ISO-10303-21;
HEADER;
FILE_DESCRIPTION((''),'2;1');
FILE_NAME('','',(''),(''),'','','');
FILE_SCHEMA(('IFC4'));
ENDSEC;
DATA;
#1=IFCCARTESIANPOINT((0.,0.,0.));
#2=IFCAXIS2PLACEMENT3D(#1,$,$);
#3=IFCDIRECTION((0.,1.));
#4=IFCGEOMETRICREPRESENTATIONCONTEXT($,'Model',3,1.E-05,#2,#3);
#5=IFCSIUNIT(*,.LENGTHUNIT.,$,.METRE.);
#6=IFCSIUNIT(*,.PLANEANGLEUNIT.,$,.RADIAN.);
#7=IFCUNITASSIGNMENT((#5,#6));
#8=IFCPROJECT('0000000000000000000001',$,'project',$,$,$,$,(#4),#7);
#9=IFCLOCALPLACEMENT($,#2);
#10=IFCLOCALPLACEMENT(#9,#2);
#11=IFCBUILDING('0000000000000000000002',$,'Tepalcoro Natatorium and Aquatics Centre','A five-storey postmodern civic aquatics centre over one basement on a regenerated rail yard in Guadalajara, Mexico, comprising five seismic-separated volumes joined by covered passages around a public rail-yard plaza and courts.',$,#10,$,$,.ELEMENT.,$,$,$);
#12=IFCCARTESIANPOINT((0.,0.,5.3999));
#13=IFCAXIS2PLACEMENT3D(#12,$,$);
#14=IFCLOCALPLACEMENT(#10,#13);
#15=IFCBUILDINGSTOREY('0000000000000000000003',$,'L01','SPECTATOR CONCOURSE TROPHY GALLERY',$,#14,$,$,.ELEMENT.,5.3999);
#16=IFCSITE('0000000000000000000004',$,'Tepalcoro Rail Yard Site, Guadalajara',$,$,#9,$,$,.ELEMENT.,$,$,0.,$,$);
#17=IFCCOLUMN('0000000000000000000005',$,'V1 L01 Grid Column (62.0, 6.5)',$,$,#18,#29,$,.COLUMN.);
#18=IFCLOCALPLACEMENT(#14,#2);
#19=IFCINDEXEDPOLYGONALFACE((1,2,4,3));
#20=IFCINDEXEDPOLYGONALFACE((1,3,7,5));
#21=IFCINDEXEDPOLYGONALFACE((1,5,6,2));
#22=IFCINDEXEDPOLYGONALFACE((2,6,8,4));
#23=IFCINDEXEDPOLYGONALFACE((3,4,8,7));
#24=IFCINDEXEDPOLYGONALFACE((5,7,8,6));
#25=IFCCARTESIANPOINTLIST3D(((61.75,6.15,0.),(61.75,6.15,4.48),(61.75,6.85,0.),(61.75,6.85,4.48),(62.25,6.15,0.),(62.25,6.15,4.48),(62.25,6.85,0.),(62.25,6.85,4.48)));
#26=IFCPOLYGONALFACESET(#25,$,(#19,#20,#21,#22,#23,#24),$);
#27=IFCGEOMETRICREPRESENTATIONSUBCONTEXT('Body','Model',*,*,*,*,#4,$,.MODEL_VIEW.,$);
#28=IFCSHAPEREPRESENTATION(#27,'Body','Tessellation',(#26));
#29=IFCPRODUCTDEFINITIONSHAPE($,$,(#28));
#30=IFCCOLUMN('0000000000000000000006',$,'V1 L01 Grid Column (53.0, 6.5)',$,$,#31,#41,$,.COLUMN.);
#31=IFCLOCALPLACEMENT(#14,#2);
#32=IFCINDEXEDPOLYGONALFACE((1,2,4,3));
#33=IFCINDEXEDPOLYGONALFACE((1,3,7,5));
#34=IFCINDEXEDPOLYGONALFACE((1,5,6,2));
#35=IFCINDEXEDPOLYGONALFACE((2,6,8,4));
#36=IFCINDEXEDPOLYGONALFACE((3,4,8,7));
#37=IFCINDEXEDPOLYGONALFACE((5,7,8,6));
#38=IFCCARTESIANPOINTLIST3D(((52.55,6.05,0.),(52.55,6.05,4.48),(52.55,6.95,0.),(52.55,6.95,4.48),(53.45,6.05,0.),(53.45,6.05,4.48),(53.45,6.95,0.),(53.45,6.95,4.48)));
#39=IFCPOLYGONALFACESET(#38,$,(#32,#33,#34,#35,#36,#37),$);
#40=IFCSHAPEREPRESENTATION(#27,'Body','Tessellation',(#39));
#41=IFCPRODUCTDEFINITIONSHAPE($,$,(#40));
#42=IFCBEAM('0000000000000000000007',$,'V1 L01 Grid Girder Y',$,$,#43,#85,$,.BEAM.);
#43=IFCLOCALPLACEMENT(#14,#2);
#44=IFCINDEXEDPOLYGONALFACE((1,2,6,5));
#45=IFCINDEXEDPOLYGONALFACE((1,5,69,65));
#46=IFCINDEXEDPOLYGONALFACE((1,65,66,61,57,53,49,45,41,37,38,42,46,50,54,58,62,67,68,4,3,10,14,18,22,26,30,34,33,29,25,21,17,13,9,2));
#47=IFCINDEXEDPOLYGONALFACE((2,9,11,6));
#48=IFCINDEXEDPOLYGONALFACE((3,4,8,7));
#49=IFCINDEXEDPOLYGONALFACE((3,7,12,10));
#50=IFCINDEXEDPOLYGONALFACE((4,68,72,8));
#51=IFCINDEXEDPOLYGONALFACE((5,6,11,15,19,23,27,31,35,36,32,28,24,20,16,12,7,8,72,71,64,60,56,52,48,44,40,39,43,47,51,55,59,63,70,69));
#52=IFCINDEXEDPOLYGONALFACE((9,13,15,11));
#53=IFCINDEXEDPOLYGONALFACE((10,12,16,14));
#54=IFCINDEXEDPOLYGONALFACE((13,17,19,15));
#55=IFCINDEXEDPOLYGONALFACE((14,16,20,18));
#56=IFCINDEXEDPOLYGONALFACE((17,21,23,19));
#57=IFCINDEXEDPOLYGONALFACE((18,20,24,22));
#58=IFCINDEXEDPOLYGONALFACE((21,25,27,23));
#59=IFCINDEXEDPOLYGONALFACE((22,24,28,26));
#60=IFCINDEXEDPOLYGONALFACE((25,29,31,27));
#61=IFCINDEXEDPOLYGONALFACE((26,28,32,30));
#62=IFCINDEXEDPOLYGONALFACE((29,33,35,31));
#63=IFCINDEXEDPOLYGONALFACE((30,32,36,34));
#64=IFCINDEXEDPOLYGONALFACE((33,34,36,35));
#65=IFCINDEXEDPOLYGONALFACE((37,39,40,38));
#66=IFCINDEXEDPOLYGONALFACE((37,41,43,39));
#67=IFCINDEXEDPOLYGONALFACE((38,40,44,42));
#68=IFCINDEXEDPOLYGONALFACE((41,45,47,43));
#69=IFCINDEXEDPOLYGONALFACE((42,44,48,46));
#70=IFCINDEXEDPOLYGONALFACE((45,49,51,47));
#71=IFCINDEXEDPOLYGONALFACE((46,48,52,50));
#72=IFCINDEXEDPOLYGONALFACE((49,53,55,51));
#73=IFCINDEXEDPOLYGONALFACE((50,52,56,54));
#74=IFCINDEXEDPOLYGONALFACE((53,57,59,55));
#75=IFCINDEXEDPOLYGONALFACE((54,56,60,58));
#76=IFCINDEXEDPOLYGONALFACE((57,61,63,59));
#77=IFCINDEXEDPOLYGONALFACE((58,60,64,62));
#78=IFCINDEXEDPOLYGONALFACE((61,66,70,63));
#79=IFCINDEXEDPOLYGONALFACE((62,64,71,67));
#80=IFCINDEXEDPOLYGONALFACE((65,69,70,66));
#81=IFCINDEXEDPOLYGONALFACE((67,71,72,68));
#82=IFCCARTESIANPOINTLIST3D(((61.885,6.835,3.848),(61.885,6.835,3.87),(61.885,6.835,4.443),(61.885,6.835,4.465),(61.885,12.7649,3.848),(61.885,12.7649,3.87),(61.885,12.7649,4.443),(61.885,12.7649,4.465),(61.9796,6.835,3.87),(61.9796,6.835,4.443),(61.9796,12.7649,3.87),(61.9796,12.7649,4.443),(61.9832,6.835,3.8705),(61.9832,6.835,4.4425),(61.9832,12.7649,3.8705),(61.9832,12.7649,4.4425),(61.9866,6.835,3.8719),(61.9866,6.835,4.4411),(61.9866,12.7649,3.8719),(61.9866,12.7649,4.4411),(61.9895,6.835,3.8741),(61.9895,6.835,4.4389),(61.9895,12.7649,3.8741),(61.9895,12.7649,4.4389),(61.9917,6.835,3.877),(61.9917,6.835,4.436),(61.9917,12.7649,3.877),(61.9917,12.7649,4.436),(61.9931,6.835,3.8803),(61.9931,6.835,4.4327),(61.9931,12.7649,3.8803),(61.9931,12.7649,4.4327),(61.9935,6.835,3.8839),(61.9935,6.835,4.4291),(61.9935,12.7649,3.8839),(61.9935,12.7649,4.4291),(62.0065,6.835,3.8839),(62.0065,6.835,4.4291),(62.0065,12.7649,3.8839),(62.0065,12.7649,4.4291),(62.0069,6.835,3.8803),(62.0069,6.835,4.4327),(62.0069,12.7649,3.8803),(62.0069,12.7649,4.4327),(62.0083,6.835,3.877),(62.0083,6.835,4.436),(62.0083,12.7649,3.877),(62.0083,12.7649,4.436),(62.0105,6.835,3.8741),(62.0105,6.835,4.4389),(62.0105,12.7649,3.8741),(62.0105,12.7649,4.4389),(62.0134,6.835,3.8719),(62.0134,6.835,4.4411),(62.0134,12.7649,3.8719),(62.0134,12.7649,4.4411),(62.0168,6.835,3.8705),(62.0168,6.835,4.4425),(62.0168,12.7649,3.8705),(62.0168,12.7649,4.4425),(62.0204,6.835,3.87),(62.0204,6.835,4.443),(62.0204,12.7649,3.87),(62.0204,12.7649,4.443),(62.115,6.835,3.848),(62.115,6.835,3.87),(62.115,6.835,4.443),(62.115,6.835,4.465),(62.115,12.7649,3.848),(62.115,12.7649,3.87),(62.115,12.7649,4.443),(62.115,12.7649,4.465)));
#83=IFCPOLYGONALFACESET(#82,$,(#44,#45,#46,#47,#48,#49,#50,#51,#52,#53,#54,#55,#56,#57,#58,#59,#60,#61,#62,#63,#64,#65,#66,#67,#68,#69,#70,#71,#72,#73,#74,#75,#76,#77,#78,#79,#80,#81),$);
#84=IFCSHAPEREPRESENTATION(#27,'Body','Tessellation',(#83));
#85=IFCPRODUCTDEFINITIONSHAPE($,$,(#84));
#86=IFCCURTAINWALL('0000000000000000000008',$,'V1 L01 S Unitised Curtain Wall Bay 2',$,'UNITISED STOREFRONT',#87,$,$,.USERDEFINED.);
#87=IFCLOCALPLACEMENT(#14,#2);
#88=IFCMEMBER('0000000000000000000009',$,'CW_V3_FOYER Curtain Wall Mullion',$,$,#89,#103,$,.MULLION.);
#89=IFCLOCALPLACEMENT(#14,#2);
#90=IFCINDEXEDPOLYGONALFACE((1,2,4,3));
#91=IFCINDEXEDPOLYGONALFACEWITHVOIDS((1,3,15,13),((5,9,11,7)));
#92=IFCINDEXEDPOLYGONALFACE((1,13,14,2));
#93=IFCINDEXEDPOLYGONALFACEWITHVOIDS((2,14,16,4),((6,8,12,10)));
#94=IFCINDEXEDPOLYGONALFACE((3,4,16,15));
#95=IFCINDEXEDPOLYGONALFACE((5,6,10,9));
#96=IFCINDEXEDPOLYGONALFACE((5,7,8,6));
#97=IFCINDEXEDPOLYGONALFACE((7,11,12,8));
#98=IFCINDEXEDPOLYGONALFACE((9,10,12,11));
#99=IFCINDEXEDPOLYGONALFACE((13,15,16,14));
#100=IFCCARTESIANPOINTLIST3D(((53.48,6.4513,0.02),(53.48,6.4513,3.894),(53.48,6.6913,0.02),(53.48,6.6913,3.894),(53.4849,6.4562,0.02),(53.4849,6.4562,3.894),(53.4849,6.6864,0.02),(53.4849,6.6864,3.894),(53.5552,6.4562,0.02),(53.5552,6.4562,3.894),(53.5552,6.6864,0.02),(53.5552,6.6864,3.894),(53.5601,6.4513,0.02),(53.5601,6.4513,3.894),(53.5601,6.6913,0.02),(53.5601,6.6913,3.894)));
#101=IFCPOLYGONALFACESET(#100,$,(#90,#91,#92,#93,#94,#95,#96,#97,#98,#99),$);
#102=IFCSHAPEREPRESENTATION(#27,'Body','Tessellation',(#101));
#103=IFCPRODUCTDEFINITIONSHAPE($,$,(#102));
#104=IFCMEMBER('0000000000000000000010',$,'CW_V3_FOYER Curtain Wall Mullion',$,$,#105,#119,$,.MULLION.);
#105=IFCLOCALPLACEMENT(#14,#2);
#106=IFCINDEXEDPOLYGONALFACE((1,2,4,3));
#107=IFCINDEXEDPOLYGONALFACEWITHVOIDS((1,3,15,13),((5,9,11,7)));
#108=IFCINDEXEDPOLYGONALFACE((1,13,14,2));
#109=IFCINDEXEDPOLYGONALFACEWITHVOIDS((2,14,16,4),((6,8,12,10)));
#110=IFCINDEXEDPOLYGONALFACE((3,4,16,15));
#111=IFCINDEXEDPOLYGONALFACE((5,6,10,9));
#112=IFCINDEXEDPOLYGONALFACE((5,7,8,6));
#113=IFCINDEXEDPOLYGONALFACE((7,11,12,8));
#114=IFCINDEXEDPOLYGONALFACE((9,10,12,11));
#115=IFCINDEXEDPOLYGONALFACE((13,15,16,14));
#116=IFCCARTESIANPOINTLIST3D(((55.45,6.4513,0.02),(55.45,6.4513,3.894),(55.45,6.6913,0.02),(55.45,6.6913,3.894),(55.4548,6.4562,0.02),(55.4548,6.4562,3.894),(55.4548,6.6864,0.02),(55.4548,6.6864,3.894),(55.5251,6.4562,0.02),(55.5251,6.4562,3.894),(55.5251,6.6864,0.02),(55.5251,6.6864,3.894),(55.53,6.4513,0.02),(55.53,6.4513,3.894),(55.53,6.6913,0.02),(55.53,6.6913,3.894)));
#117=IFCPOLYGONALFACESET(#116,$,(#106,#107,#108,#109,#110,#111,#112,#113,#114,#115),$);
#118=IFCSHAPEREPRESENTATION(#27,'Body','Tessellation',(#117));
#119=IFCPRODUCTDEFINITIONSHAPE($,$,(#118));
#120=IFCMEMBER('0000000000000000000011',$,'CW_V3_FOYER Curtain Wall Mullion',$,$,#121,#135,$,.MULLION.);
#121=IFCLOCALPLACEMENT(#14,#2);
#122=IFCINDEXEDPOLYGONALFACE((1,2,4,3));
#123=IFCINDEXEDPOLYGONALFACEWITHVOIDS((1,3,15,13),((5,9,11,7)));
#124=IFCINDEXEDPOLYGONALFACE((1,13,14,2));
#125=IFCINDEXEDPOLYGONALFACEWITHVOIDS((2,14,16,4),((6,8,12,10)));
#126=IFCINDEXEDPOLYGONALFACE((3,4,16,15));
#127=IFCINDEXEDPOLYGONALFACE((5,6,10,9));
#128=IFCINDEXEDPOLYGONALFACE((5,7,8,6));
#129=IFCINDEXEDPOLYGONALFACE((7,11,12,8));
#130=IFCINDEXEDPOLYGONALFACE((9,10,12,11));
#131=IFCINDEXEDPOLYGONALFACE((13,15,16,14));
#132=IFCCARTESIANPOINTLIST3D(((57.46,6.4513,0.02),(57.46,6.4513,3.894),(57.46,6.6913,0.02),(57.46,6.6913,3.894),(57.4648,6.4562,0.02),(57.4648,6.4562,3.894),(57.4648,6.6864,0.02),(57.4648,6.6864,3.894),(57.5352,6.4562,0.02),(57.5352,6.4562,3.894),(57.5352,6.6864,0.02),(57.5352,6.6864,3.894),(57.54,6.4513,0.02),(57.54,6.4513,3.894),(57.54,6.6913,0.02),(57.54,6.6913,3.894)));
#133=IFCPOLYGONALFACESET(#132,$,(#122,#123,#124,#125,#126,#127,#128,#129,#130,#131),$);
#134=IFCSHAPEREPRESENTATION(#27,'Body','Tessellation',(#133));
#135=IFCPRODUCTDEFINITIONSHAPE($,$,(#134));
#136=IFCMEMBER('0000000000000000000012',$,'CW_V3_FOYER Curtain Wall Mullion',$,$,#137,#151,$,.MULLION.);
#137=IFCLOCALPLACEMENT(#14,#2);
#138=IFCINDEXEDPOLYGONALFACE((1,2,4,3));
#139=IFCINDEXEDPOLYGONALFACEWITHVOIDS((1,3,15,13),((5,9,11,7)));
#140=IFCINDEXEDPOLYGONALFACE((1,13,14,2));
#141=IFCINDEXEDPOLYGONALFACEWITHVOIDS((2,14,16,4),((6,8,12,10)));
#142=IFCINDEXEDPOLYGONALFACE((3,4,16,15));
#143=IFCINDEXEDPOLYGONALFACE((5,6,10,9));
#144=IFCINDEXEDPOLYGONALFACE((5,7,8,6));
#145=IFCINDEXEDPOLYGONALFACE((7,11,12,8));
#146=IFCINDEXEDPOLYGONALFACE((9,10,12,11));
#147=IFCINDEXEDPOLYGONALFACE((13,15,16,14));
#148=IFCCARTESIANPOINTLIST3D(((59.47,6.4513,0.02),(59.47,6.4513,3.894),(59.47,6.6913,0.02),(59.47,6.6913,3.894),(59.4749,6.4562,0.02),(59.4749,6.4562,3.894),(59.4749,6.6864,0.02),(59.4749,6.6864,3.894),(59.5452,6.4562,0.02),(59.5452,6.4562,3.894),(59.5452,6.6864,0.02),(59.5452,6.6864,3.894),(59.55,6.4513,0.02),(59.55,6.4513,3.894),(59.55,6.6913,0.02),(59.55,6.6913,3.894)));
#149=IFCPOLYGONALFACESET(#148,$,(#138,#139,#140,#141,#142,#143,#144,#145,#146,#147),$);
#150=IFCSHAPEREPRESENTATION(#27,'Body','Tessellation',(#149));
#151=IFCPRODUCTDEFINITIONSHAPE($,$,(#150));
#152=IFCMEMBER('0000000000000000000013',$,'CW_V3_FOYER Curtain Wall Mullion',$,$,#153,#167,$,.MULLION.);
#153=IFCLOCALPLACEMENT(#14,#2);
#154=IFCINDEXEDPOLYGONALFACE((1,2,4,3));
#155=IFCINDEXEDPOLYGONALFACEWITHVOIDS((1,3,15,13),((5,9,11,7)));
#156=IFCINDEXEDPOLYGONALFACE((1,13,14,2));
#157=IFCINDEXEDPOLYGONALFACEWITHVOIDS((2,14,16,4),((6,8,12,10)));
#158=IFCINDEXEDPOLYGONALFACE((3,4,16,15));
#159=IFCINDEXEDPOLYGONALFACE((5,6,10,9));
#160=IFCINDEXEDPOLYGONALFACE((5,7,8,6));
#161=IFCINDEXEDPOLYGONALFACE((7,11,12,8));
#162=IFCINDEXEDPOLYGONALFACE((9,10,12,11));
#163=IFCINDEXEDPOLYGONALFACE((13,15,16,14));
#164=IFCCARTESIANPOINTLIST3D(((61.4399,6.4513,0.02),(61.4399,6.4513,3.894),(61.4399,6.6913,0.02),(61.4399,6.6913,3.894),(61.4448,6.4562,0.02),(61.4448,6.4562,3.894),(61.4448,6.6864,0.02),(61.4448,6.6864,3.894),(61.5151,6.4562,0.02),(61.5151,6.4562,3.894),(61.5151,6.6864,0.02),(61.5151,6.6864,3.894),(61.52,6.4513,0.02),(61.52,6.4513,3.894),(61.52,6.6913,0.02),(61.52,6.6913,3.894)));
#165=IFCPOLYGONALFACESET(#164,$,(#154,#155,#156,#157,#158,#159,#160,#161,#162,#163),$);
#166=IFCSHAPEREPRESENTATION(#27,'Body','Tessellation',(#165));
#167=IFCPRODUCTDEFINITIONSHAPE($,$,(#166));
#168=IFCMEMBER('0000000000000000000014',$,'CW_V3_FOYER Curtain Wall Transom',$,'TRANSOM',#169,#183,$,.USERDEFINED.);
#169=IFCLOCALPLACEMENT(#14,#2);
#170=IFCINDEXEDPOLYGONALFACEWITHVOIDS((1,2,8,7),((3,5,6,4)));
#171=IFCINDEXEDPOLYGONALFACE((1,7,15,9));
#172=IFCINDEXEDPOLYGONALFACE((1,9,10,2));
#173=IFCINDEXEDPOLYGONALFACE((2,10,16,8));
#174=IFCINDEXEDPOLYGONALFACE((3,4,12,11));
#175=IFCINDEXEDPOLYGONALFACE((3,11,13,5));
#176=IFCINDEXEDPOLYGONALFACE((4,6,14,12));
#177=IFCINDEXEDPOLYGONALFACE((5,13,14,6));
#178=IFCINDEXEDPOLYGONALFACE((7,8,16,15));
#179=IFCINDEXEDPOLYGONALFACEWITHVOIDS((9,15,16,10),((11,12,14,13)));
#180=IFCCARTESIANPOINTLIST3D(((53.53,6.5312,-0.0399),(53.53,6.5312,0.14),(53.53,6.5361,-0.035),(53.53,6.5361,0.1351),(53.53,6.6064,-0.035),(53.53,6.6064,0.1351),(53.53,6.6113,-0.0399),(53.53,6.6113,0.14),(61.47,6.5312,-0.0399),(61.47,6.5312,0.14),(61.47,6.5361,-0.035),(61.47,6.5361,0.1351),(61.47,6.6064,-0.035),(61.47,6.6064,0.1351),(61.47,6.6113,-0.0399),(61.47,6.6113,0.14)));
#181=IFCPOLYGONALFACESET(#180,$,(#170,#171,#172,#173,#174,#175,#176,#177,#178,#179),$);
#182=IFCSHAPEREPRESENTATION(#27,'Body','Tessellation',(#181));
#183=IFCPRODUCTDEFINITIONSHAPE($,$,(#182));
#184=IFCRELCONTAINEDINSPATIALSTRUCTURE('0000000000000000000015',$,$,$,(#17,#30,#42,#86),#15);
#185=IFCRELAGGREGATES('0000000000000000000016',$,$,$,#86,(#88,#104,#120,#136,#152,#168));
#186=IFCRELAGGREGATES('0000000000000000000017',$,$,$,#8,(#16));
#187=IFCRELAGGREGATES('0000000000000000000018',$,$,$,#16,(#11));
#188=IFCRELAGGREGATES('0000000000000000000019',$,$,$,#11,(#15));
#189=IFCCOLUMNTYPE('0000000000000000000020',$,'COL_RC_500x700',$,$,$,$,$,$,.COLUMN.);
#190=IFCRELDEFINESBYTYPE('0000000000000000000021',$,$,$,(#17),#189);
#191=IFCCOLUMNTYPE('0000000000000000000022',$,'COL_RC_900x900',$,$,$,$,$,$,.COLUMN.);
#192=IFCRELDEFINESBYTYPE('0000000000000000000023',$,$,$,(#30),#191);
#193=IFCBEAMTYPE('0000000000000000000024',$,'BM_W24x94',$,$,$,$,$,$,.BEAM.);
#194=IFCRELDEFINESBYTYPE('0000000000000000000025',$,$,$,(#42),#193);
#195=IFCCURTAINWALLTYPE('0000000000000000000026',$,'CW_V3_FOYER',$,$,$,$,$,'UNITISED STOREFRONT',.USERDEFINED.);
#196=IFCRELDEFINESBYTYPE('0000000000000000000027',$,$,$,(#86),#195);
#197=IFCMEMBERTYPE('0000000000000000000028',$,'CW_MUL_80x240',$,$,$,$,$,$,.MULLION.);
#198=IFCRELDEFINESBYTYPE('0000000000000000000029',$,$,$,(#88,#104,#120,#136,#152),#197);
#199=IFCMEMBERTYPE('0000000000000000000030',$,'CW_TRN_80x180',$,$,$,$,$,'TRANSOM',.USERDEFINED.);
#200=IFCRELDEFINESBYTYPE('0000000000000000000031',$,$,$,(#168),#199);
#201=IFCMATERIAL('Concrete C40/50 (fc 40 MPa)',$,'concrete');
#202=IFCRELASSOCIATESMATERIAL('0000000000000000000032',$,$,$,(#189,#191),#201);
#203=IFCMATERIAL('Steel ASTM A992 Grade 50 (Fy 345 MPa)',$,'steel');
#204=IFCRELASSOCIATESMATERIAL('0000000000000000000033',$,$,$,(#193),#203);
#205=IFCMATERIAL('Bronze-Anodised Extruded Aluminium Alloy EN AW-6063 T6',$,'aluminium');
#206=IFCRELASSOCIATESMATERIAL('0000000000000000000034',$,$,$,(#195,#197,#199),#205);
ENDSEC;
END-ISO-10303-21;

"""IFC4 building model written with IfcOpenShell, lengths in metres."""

from ifc_helpers import new_model, si_unit, direction, frame, origin, origin_2d, place, context, subcontext, project, spatial, rectangle, hollow_rectangle, i_section, extrude, material, material_profile, profile_set, type_object, element, aggregate, save


model = new_model("IFC4")

# Units and contexts
model_context = context("Model", 3, precision=1e-05, world=origin(), true_north=direction((0.0, 1.0)))
body_context = subcontext(model_context, "Body", "Model", "MODEL_VIEW")
ifc_project = project(units=[si_unit("LENGTHUNIT", "METRE"), si_unit("PLANEANGLEUNIT", "RADIAN")], contexts=[model_context])

# Site, building, storey
site_placement = place(None, origin())
site = spatial("IfcSite", under=ifc_project, at=site_placement, Name="Tepalcoro Rail Yard Site, Guadalajara", CompositionType="ELEMENT", RefElevation=0.0)
building_placement = place(site_placement, origin())
building = spatial("IfcBuilding", under=site, at=building_placement, Name="Tepalcoro Natatorium and Aquatics Centre", Description="A five-storey postmodern civic aquatics centre over one basement on a regenerated rail yard in Guadalajara, Mexico, comprising five seismic-separated volumes joined by covered passages around a public rail-yard plaza and courts.", CompositionType="ELEMENT")
storey_placement = place(building_placement, frame((0.0, 0.0, 5.3999)))
storey = spatial("IfcBuildingStorey", under=building, at=storey_placement, Name="L01", Description="SPECTATOR CONCOURSE TROPHY GALLERY", CompositionType="ELEMENT", Elevation=5.3999)

# Columns
ifc_material_1 = material(Name="Concrete C40/50 (fc 40 MPa)", Category="concrete")
ifc_material_profile_1 = material_profile(ifc_material_1, rectangle(XDim=0.5, YDim=0.7, at=origin_2d()), Name="RC500x700")
ifc_profile_set_1 = profile_set([ifc_material_profile_1], Name="Concrete C40/50 (fc 40 MPa)")
column_type_1 = type_object("IfcColumnType", Name="COL_RC_500x700", PredefinedType="COLUMN", material=ifc_profile_set_1)
column_1_placement = place(storey_placement, frame((62.0, 6.5, 0.0), z_axis=(0.0, 0.0, 1.0), x_axis=(1.0, 0.0, 0.0)))
element("IfcColumn", 1, at=column_1_placement, inside=storey, type_object=column_type_1, Name="V1 L01 Grid Column (62.0, 6.5)", PredefinedType="COLUMN", context=body_context, shape_type="SweptSolid", body=[
    extrude(rectangle(XDim=0.5, YDim=0.7, at=origin_2d()), origin(), (0.0, 0.0, 1.0), 4.48),
])
ifc_material_profile_2 = material_profile(ifc_material_1, rectangle(XDim=0.8999, YDim=0.8999, at=origin_2d()), Name="RC900x900")
ifc_profile_set_2 = profile_set([ifc_material_profile_2], Name="Concrete C40/50 (fc 40 MPa)")
column_type_2 = type_object("IfcColumnType", Name="COL_RC_900x900", PredefinedType="COLUMN", material=ifc_profile_set_2)
column_2_placement = place(storey_placement, frame((53.0, 6.5, 0.0), z_axis=(0.0, 0.0, 1.0), x_axis=(1.0, 0.0, 0.0)))
element("IfcColumn", 2, at=column_2_placement, inside=storey, type_object=column_type_2, Name="V1 L01 Grid Column (53.0, 6.5)", PredefinedType="COLUMN", context=body_context, shape_type="SweptSolid", body=[
    extrude(rectangle(XDim=0.8999, YDim=0.8999, at=origin_2d()), origin(), (0.0, 0.0, 1.0), 4.48),
])

# Beam
ifc_material_2 = material(Name="Steel ASTM A992 Grade 50 (Fy 345 MPa)", Category="steel")
ifc_material_profile_3 = material_profile(ifc_material_2, i_section(OverallWidth=0.23, OverallDepth=0.6169, WebThickness=0.0129, FlangeThickness=0.022, FilletRadius=0.0139, at=origin_2d()), Name="W24X94")
ifc_profile_set_3 = profile_set([ifc_material_profile_3], Name="Steel ASTM A992 Grade 50 (Fy 345 MPa)")
beam_type_1 = type_object("IfcBeamType", Name="BM_W24x94", PredefinedType="BEAM", material=ifc_profile_set_3)
beam_1_placement = place(storey_placement, frame((62.0, 6.835, 4.1565), z_axis=(0.0, 1.0, 0.0), x_axis=(-1.0, 0.0, 0.0)))
element("IfcBeam", 3, at=beam_1_placement, inside=storey, type_object=beam_type_1, Name="V1 L01 Grid Girder Y", PredefinedType="BEAM", context=body_context, shape_type="SweptSolid", body=[
    extrude(i_section(OverallWidth=0.23, OverallDepth=0.6169, WebThickness=0.0129, FlangeThickness=0.022, FilletRadius=0.0139, at=origin_2d()), origin(), (0.0, 0.0, 1.0), 5.9299),
])

# Curtain wall, members
ifc_material_3 = material(Name="Bronze-Anodised Extruded Aluminium Alloy EN AW-6063 T6", Category="aluminium")
curtain_wall_type = type_object("IfcCurtainWallType", Name="CW_V3_FOYER", ElementType="UNITISED STOREFRONT", PredefinedType="USERDEFINED", material=ifc_material_3)
curtain_wall_placement = place(storey_placement, origin())
curtain_wall = element("IfcCurtainWall", 4, at=curtain_wall_placement, inside=storey, type_object=curtain_wall_type, Name="V1 L01 S Unitised Curtain Wall Bay 2", ObjectType="UNITISED STOREFRONT", PredefinedType="USERDEFINED")
ifc_material_profile_4 = material_profile(ifc_material_3, hollow_rectangle(XDim=0.0801, YDim=0.24, WallThickness=0.0049, at=origin_2d()), Name="AL80X240X5")
ifc_profile_set_4 = profile_set([ifc_material_profile_4], Name="Bronze-Anodised Extruded Aluminium Alloy EN AW-6063 T6")
member_type_1 = type_object("IfcMemberType", Name="CW_MUL_80x240", PredefinedType="MULLION", material=ifc_profile_set_4)
member_1_placement = place(storey_placement, frame((53.52, 6.5713, 0.02), z_axis=(0.0, 0.0, 1.0), x_axis=(1.0, 0.0, 0.0)))
member_1 = element("IfcMember", 5, at=member_1_placement, type_object=member_type_1, Name="CW_V3_FOYER Curtain Wall Mullion", PredefinedType="MULLION", context=body_context, shape_type="SweptSolid", body=[
    extrude(hollow_rectangle(XDim=0.0801, YDim=0.24, WallThickness=0.0049, at=origin_2d()), origin(), (0.0, 0.0, 1.0), 3.874),
])
member_2_placement = place(storey_placement, frame((55.49, 6.5713, 0.02), z_axis=(0.0, 0.0, 1.0), x_axis=(1.0, 0.0, 0.0)))
member_2 = element("IfcMember", 6, at=member_2_placement, type_object=member_type_1, Name="CW_V3_FOYER Curtain Wall Mullion", PredefinedType="MULLION", context=body_context, shape_type="SweptSolid", body=[
    extrude(hollow_rectangle(XDim=0.0801, YDim=0.24, WallThickness=0.0049, at=origin_2d()), origin(), (0.0, 0.0, 1.0), 3.874),
])
member_3_placement = place(storey_placement, frame((57.5, 6.5713, 0.02), z_axis=(0.0, 0.0, 1.0), x_axis=(1.0, 0.0, 0.0)))
member_3 = element("IfcMember", 7, at=member_3_placement, type_object=member_type_1, Name="CW_V3_FOYER Curtain Wall Mullion", PredefinedType="MULLION", context=body_context, shape_type="SweptSolid", body=[
    extrude(hollow_rectangle(XDim=0.0801, YDim=0.24, WallThickness=0.0049, at=origin_2d()), origin(), (0.0, 0.0, 1.0), 3.874),
])
member_4_placement = place(storey_placement, frame((59.51, 6.5713, 0.02), z_axis=(0.0, 0.0, 1.0), x_axis=(1.0, 0.0, 0.0)))
member_4 = element("IfcMember", 8, at=member_4_placement, type_object=member_type_1, Name="CW_V3_FOYER Curtain Wall Mullion", PredefinedType="MULLION", context=body_context, shape_type="SweptSolid", body=[
    extrude(hollow_rectangle(XDim=0.0801, YDim=0.24, WallThickness=0.0049, at=origin_2d()), origin(), (0.0, 0.0, 1.0), 3.874),
])
member_5_placement = place(storey_placement, frame((61.48, 6.5713, 0.02), z_axis=(0.0, 0.0, 1.0), x_axis=(1.0, 0.0, 0.0)))
member_5 = element("IfcMember", 9, at=member_5_placement, type_object=member_type_1, Name="CW_V3_FOYER Curtain Wall Mullion", PredefinedType="MULLION", context=body_context, shape_type="SweptSolid", body=[
    extrude(hollow_rectangle(XDim=0.0801, YDim=0.24, WallThickness=0.0049, at=origin_2d()), origin(), (0.0, 0.0, 1.0), 3.874),
])
ifc_material_profile_5 = material_profile(ifc_material_3, hollow_rectangle(XDim=0.0801, YDim=0.1799, WallThickness=0.0049, at=origin_2d()), Name="AL80X180X5")
ifc_profile_set_5 = profile_set([ifc_material_profile_5], Name="Bronze-Anodised Extruded Aluminium Alloy EN AW-6063 T6")
member_type_2 = type_object("IfcMemberType", Name="CW_TRN_80x180", ElementType="TRANSOM", PredefinedType="USERDEFINED", material=ifc_profile_set_5)
member_6_placement = place(storey_placement, frame((53.53, 6.5713, 0.05), z_axis=(1.0, 0.0, 0.0), x_axis=(0.0, 1.0, 0.0)))
member_6 = element("IfcMember", 10, at=member_6_placement, type_object=member_type_2, Name="CW_V3_FOYER Curtain Wall Transom", ObjectType="TRANSOM", PredefinedType="USERDEFINED", context=body_context, shape_type="SweptSolid", body=[
    extrude(hollow_rectangle(XDim=0.0801, YDim=0.1799, WallThickness=0.0049, at=origin_2d()), origin(), (0.0, 0.0, 1.0), 7.9399),
])

aggregate(curtain_wall, [member_1, member_2, member_3, member_4, member_5, member_6])

save(model, "model.ifc")
